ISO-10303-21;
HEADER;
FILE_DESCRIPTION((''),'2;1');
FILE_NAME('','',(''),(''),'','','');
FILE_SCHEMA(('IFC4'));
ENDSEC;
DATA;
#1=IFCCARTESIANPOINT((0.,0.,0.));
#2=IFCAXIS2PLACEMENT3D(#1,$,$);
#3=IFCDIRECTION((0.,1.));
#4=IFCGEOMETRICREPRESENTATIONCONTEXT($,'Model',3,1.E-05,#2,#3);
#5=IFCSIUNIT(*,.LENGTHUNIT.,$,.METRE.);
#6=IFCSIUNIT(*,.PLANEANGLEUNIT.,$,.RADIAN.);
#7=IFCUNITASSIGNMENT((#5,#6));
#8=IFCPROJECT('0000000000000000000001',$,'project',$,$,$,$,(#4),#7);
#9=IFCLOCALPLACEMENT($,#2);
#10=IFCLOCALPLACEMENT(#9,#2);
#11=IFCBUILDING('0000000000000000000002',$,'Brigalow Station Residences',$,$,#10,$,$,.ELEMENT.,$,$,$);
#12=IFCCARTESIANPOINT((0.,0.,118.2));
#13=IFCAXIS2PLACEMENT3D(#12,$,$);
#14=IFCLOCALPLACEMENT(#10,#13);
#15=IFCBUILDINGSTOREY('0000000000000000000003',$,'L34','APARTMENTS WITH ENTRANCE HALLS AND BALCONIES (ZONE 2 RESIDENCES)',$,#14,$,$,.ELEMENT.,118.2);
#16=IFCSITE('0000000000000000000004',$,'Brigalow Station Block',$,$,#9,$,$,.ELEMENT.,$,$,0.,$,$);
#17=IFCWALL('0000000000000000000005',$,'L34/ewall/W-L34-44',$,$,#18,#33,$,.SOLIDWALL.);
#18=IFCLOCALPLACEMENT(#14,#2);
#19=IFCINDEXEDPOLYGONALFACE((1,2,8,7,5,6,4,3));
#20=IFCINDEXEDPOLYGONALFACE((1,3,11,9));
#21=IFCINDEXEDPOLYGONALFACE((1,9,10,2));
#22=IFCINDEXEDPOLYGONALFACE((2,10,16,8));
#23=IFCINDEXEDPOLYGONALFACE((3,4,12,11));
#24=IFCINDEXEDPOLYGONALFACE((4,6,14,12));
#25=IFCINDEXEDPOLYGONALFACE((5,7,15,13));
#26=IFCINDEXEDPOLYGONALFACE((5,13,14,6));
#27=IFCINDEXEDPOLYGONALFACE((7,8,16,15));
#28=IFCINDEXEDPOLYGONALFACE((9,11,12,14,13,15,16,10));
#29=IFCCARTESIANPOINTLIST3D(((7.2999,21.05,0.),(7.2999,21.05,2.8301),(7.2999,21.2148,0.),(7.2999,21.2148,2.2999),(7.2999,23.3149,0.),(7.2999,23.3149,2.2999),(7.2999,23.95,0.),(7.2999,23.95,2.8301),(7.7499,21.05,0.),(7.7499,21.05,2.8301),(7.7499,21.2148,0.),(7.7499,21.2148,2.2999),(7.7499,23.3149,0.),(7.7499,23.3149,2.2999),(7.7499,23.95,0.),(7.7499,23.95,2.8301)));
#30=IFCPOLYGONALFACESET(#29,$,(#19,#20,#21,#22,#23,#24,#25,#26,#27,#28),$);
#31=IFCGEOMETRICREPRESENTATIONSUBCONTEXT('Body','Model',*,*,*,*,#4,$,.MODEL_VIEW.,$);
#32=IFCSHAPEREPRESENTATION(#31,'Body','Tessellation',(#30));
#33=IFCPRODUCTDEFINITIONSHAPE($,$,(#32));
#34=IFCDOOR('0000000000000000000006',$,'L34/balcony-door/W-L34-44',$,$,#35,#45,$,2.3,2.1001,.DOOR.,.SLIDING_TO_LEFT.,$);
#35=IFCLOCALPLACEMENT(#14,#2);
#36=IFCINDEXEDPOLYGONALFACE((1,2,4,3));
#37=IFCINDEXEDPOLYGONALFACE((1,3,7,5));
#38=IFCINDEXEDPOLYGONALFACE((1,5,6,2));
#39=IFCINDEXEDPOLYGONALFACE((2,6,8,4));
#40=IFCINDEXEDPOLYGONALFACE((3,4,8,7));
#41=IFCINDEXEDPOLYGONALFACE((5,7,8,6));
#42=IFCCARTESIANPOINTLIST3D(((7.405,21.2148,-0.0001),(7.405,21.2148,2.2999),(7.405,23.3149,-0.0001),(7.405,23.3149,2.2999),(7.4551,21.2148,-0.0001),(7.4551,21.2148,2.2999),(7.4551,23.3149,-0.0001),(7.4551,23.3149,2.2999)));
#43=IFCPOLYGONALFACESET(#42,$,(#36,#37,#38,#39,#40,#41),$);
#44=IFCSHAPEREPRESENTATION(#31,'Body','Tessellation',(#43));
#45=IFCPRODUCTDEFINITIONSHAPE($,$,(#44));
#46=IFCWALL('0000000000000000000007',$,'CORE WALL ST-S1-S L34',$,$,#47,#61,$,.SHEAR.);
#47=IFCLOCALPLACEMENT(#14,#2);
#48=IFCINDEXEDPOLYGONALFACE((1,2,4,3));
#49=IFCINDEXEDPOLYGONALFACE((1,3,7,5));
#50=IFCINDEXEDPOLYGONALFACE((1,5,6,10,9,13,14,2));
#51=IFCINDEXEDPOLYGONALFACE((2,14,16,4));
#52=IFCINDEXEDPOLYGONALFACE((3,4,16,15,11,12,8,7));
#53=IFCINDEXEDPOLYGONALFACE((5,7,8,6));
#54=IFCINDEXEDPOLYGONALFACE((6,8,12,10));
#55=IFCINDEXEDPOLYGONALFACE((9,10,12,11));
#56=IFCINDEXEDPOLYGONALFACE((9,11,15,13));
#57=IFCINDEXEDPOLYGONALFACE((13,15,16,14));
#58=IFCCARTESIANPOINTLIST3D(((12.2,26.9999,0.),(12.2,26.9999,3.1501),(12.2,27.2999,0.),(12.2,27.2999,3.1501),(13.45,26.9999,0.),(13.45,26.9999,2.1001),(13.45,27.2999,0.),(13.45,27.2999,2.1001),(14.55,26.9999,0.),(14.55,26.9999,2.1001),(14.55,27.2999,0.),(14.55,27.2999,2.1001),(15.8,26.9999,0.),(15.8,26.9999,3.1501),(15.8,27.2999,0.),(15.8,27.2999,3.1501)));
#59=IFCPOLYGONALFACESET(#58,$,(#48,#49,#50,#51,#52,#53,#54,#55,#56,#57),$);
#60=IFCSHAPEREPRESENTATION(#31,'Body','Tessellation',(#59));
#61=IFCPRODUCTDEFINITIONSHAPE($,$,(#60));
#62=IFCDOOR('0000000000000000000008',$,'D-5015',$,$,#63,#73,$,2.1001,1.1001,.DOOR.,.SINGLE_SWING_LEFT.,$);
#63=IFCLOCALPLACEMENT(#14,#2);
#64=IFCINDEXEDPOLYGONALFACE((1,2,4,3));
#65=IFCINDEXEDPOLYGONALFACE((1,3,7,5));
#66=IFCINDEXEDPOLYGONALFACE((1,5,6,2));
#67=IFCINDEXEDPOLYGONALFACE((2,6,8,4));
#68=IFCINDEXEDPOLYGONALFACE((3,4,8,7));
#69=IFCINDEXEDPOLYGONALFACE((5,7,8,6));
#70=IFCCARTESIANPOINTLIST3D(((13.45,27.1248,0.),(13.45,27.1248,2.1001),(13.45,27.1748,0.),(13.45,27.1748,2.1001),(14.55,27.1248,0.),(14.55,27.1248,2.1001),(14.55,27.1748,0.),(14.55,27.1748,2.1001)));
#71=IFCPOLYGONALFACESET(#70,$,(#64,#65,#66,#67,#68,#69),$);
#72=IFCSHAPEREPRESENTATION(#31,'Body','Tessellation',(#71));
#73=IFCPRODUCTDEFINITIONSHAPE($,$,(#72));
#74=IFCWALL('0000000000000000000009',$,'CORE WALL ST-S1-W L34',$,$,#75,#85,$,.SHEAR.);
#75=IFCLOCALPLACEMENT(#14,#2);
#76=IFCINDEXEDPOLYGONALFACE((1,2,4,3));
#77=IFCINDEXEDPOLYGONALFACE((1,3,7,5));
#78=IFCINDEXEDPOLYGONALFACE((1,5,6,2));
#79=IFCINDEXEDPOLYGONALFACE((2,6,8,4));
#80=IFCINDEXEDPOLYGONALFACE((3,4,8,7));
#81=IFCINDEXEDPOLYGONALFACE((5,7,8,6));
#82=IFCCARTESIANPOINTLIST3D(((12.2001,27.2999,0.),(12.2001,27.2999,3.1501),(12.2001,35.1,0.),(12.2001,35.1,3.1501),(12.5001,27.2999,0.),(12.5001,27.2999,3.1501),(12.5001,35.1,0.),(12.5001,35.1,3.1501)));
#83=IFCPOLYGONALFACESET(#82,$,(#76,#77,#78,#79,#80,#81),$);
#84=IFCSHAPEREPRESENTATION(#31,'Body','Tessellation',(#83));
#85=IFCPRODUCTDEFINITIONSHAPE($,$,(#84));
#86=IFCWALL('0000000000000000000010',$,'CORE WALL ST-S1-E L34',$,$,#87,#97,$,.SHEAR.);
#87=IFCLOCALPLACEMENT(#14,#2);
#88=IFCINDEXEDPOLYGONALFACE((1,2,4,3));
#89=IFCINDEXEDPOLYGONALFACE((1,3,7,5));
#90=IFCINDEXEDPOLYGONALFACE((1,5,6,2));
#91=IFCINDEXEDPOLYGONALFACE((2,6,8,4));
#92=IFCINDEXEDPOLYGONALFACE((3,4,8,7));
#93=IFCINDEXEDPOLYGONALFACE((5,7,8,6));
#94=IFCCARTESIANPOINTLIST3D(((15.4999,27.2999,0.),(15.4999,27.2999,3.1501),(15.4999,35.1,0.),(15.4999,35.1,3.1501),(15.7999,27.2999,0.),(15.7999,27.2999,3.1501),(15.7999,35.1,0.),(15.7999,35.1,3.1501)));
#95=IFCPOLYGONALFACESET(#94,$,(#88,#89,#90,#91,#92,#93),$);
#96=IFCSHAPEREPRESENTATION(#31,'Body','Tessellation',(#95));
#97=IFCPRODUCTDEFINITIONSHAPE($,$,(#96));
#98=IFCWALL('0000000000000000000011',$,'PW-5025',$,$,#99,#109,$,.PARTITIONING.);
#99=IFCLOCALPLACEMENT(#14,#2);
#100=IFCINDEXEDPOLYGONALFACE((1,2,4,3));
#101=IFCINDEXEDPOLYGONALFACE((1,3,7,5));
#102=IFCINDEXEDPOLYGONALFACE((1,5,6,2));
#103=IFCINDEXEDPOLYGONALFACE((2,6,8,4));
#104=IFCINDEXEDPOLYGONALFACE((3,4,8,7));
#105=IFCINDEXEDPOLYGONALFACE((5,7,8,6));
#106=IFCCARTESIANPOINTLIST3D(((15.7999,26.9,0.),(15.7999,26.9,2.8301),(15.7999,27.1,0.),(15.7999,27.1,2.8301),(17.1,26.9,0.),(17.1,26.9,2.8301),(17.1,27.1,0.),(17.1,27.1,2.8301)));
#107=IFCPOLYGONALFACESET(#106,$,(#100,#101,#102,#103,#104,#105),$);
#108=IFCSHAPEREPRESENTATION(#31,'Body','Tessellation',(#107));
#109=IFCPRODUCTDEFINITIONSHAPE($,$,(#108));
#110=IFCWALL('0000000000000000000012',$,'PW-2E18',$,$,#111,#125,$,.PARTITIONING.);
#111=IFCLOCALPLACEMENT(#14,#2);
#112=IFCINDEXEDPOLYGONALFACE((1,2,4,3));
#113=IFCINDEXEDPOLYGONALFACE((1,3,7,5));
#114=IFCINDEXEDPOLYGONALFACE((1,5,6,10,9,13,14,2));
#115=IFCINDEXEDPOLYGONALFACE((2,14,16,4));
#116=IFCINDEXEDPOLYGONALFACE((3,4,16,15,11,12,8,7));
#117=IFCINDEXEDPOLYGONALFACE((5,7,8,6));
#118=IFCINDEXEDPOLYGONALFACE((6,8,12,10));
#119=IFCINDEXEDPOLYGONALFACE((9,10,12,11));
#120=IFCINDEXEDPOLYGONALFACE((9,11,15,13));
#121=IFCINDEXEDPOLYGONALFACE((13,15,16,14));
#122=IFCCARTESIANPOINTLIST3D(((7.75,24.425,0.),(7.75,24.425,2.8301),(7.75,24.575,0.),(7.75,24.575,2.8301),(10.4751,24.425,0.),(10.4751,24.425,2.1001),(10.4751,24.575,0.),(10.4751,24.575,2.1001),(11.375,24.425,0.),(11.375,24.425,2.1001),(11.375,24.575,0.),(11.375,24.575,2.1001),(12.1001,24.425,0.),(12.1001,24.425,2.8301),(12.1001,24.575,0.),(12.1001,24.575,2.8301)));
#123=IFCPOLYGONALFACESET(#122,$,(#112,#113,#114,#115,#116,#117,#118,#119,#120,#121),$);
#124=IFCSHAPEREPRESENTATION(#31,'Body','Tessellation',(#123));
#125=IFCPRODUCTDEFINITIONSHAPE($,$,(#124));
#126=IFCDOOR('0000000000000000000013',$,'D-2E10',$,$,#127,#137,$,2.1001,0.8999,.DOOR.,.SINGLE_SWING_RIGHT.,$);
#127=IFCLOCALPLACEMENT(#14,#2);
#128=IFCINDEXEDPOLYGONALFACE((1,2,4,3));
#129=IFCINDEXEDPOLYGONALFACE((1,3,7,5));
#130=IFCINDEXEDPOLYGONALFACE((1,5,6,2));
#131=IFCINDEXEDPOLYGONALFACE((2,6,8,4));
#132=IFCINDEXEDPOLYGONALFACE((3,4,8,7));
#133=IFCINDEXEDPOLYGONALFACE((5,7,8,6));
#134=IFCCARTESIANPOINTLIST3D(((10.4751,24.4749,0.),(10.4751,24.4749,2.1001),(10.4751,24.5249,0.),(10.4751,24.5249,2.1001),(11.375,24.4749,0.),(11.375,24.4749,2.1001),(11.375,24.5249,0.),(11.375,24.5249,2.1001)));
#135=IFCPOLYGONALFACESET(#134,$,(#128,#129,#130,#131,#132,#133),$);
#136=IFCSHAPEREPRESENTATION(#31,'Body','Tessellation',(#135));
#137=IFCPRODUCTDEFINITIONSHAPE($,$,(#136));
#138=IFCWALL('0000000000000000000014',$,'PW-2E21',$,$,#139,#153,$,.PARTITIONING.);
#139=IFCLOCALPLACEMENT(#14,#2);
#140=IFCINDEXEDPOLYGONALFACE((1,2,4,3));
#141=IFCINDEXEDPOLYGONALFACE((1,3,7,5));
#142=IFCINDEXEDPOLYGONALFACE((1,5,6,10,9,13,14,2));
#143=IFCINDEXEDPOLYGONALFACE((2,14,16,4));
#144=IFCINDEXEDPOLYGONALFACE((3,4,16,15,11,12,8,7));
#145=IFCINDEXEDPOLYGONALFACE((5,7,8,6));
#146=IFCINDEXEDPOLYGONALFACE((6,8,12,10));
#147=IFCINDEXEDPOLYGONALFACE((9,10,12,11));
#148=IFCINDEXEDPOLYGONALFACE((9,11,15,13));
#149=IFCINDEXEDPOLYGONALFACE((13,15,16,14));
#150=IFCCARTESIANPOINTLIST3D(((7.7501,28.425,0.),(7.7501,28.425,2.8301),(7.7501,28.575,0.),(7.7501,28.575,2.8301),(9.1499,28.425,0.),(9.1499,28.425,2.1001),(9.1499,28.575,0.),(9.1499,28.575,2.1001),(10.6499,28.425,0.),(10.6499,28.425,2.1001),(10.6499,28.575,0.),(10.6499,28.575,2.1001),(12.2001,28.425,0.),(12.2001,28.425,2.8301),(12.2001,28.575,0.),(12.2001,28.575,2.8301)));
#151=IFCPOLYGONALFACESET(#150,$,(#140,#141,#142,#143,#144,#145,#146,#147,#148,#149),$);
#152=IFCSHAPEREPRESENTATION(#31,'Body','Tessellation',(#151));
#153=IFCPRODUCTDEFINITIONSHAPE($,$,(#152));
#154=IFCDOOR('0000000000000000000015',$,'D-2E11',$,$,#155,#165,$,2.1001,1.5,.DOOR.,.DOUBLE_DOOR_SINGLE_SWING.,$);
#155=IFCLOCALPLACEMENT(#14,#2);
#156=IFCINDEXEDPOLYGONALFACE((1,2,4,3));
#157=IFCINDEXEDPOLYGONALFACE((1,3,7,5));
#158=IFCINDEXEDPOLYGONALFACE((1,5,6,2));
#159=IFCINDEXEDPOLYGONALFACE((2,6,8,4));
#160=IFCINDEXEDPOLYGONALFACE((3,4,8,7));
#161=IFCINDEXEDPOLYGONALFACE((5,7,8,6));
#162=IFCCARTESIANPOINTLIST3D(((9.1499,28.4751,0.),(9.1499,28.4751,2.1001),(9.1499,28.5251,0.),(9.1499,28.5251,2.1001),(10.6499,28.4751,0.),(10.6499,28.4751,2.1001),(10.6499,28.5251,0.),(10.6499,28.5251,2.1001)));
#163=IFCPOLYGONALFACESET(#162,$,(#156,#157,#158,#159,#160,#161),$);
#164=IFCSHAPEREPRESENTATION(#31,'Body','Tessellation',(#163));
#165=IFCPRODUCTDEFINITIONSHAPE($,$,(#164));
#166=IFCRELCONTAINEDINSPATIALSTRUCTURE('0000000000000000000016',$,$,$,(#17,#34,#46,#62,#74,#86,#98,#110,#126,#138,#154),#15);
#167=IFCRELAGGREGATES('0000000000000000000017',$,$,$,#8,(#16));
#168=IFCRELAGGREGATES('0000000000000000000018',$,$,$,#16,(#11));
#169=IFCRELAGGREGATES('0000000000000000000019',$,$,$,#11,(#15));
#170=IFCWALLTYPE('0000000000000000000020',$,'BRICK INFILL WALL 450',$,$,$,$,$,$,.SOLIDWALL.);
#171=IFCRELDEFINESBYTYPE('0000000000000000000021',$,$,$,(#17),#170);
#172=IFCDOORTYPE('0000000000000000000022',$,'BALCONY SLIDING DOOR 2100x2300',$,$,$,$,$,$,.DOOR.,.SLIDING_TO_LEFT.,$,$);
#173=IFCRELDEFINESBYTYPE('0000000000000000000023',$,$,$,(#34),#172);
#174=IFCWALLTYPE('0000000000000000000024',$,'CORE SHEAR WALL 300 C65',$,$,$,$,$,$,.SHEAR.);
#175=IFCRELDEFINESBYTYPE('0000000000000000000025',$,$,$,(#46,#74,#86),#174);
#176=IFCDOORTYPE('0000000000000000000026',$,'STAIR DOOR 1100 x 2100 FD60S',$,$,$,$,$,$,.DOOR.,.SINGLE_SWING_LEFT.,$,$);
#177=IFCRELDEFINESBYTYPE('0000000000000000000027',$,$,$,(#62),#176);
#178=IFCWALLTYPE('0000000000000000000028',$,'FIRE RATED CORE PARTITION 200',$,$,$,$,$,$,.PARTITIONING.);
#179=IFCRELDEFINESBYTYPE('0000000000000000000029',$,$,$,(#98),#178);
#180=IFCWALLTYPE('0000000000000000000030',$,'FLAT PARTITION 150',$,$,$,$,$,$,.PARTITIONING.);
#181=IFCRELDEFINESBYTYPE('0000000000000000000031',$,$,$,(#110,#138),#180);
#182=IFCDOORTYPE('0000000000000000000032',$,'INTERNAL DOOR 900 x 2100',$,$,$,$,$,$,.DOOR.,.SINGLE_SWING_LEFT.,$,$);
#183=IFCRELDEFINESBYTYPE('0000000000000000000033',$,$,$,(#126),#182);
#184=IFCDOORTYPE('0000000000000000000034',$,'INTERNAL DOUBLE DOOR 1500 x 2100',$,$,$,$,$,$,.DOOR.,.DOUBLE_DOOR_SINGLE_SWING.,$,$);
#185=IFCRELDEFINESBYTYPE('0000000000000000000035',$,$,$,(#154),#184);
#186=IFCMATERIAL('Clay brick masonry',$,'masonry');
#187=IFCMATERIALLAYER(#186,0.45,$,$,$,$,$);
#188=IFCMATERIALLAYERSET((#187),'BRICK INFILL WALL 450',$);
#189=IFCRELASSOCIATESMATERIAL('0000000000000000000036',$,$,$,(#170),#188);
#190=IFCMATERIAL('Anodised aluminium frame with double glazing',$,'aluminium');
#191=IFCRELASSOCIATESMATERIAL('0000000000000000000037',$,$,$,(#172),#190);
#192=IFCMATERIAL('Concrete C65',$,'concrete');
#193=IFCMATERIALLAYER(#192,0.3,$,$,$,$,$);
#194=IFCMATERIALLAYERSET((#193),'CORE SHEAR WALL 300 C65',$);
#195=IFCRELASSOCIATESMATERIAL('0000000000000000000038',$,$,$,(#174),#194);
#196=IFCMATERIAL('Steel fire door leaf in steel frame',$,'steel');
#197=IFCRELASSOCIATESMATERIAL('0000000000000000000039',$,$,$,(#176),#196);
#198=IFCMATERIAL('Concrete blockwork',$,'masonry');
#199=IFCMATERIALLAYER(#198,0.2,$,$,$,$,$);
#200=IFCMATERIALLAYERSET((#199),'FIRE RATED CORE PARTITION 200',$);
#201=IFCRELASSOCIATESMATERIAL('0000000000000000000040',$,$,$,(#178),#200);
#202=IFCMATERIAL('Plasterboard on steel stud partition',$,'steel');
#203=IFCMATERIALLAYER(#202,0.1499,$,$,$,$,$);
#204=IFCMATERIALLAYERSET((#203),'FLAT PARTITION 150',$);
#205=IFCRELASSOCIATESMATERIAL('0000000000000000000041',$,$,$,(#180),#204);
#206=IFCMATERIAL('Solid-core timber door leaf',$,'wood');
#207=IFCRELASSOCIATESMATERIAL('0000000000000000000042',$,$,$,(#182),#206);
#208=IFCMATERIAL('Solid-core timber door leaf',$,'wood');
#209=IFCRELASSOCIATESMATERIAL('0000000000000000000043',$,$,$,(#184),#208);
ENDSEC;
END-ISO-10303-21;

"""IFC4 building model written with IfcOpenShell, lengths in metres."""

from ifc_helpers import new_model, si_unit, direction, frame, frame_2d, origin, place, context, subcontext, project, spatial, rectangle, extrude, material, layer, layer_set, type_object, element, fill, save


model = new_model("IFC4")

# Units and contexts
model_context = context("Model", 3, precision=1e-05, world=origin(), true_north=direction((0.0, 1.0)))
body_context = subcontext(model_context, "Body", "Model", "MODEL_VIEW")
ifc_project = project(units=[si_unit("LENGTHUNIT", "METRE"), si_unit("PLANEANGLEUNIT", "RADIAN")], contexts=[model_context])

# Site, building, storey
site_placement = place(None, origin())
site = spatial("IfcSite", under=ifc_project, at=site_placement, Name="Brigalow Station Block", CompositionType="ELEMENT", RefElevation=0.0)
building_placement = place(site_placement, origin())
building = spatial("IfcBuilding", under=site, at=building_placement, Name="Brigalow Station Residences", CompositionType="ELEMENT")
storey_placement = place(building_placement, frame((0.0, 0.0, 118.2)))
storey = spatial("IfcBuildingStorey", under=building, at=storey_placement, Name="L34", Description="APARTMENTS WITH ENTRANCE HALLS AND BALCONIES (ZONE 2 RESIDENCES)", CompositionType="ELEMENT", Elevation=118.2)

# Shared definitions
ifc_material_1 = material(Name="Clay brick masonry", Category="masonry")
ifc_layer_1 = layer(ifc_material_1, 0.45)
ifc_layer_set_1 = layer_set([ifc_layer_1], Name="BRICK INFILL WALL 450")
wall_type_1 = type_object("IfcWallType", Name="BRICK INFILL WALL 450", PredefinedType="SOLIDWALL", material=ifc_layer_set_1)

# Walls, openings, doors
wall_1_placement = place(storey_placement, frame((7.5249, 23.95, 0.0), z_axis=(0.0, 0.0, 1.0), x_axis=(0.0, -1.0, 0.0)))
wall_1 = element("IfcWall", 1, at=wall_1_placement, inside=storey, type_object=wall_type_1, Name="L34/ewall/W-L34-44", PredefinedType="SOLIDWALL", context=body_context, shape_type="SweptSolid", body=[
    extrude(rectangle(XDim=2.8999, YDim=0.45, at=frame_2d((1.45, 0.0))), origin(), (0.0, 0.0, 1.0), 2.8301),
])
opening_1_placement = place(wall_1_placement, frame((0.635, 0.0, 0.0)))
opening_1 = element("IfcOpeningElement", 2, at=opening_1_placement, cuts=wall_1, PredefinedType="OPENING", context=body_context, shape_type="SweptSolid", body=[
    extrude(rectangle(XDim=2.1001, YDim=2.3, at=frame_2d((1.05, 1.1499))), frame((0.0, 0.2349, 0.0), z_axis=(0.0, -1.0, 0.0), x_axis=(1.0, 0.0, 0.0)), (0.0, 0.0, 1.0), 0.47),
])
ifc_material_2 = material(Name="Anodised aluminium frame with double glazing", Category="aluminium")
door_type_1 = type_object("IfcDoorType", Name="BALCONY SLIDING DOOR 2100x2300", OperationType="SLIDING_TO_LEFT", PredefinedType="DOOR", material=ifc_material_2)
door_1_placement = place(opening_1_placement, origin())
door_1 = element("IfcDoor", 3, at=door_1_placement, inside=storey, type_object=door_type_1, Name="L34/balcony-door/W-L34-44", OperationType="SLIDING_TO_LEFT", OverallHeight=2.3, OverallWidth=2.1001, PredefinedType="DOOR", context=body_context, shape_type="SweptSolid", body=[
    extrude(rectangle(XDim=2.1001, YDim=2.3, at=frame_2d((1.05, 1.1499))), frame((0.0, -0.0698, 0.0), z_axis=(0.0, -1.0, 0.0), x_axis=(1.0, 0.0, 0.0)), (0.0, 0.0, 1.0), 0.05),
])
fill(opening_1, door_1)
ifc_material_3 = material(Name="Concrete C65", Category="concrete")
ifc_layer_2 = layer(ifc_material_3, 0.3)
ifc_layer_set_2 = layer_set([ifc_layer_2], Name="CORE SHEAR WALL 300 C65")
wall_type_2 = type_object("IfcWallType", Name="CORE SHEAR WALL 300 C65", PredefinedType="SHEAR", material=ifc_layer_set_2)
wall_2_placement = place(storey_placement, frame((12.2, 27.1499, 0.0), z_axis=(0.0, 0.0, 1.0), x_axis=(1.0, 0.0, 0.0)))
wall_2 = element("IfcWall", 4, at=wall_2_placement, inside=storey, type_object=wall_type_2, Name="CORE WALL ST-S1-S L34", PredefinedType="SHEAR", context=body_context, shape_type="SweptSolid", body=[
    extrude(rectangle(XDim=3.6001, YDim=0.3, at=frame_2d((1.8, 0.0))), origin(), (0.0, 0.0, 1.0), 3.1501),
])
opening_2_placement = place(wall_2_placement, frame((1.25, 0.0, 0.0)))
opening_2 = element("IfcOpeningElement", 5, at=opening_2_placement, cuts=wall_2, PredefinedType="OPENING", context=body_context, shape_type="SweptSolid", body=[
    extrude(rectangle(XDim=1.1001, YDim=2.1001, at=frame_2d((0.55, 1.05))), frame((0.0, 0.1602, 0.0), z_axis=(0.0, -1.0, 0.0), x_axis=(1.0, 0.0, 0.0)), (0.0, 0.0, 1.0), 0.3201),
])
ifc_material_4 = material(Name="Steel fire door leaf in steel frame", Category="steel")
door_type_2 = type_object("IfcDoorType", Name="STAIR DOOR 1100 x 2100 FD60S", OperationType="SINGLE_SWING_LEFT", PredefinedType="DOOR", material=ifc_material_4)
door_2_placement = place(opening_2_placement, origin())
door_2 = element("IfcDoor", 6, at=door_2_placement, inside=storey, type_object=door_type_2, Name="D-5015", OperationType="SINGLE_SWING_LEFT", OverallHeight=2.1001, OverallWidth=1.1001, PredefinedType="DOOR", context=body_context, shape_type="SweptSolid", body=[
    extrude(rectangle(XDim=1.1001, YDim=2.1001, at=frame_2d((0.55, 1.05))), frame((0.0, 0.0249, 0.0), z_axis=(0.0, -1.0, 0.0), x_axis=(1.0, 0.0, 0.0)), (0.0, 0.0, 1.0), 0.05),
])
fill(opening_2, door_2)

# Walls
for number, where, z_axis, x_axis, name in (
    (7, (12.3501, 27.3, 0.0), (0.0, 0.0, 1.0), (0.0, 1.0, 0.0), "CORE WALL ST-S1-W L34"),
    (8, (15.6499, 27.3, 0.0), (0.0, 0.0, 1.0), (0.0, 1.0, 0.0), "CORE WALL ST-S1-E L34"),
):
    element("IfcWall", number, at=place(storey_placement, frame(where, z_axis=z_axis, x_axis=x_axis)), inside=storey, type_object=wall_type_2, Name=name, PredefinedType="SHEAR", context=body_context, shape_type="SweptSolid", body=[
        extrude(rectangle(XDim=7.8, YDim=0.3, at=frame_2d((3.8999, 0.0))), origin(), (0.0, 0.0, 1.0), 3.1501),
    ])
ifc_material_5 = material(Name="Concrete blockwork", Category="masonry")
ifc_layer_3 = layer(ifc_material_5, 0.2)
ifc_layer_set_3 = layer_set([ifc_layer_3], Name="FIRE RATED CORE PARTITION 200")
wall_type_3 = type_object("IfcWallType", Name="FIRE RATED CORE PARTITION 200", PredefinedType="PARTITIONING", material=ifc_layer_set_3)
wall_3_placement = place(storey_placement, frame((15.8, 27.0, 0.0), z_axis=(0.0, 0.0, 1.0), x_axis=(1.0, 0.0, 0.0)))
element("IfcWall", 9, at=wall_3_placement, inside=storey, type_object=wall_type_3, Name="PW-5025", PredefinedType="PARTITIONING", context=body_context, shape_type="SweptSolid", body=[
    extrude(rectangle(XDim=1.3, YDim=0.2, at=frame_2d((0.6499, 0.0))), origin(), (0.0, 0.0, 1.0), 2.8301),
])

# Walls, openings, doors
ifc_material_6 = material(Name="Plasterboard on steel stud partition", Category="steel")
ifc_layer_4 = layer(ifc_material_6, 0.1499)
ifc_layer_set_4 = layer_set([ifc_layer_4], Name="FLAT PARTITION 150")
wall_type_4 = type_object("IfcWallType", Name="FLAT PARTITION 150", PredefinedType="PARTITIONING", material=ifc_layer_set_4)
wall_4_placement = place(storey_placement, frame((7.75, 24.5, 0.0), z_axis=(0.0, 0.0, 1.0), x_axis=(1.0, 0.0, 0.0)))
wall_4 = element("IfcWall", 10, at=wall_4_placement, inside=storey, type_object=wall_type_4, Name="PW-2E18", PredefinedType="PARTITIONING", context=body_context, shape_type="SweptSolid", body=[
    extrude(rectangle(XDim=4.3501, YDim=0.1499, at=frame_2d((2.175, 0.0))), origin(), (0.0, 0.0, 1.0), 2.8301),
])
opening_3_placement = place(wall_4_placement, frame((2.7251, 0.0, 0.0)))
opening_3 = element("IfcOpeningElement", 11, at=opening_3_placement, cuts=wall_4, PredefinedType="OPENING", context=body_context, shape_type="SweptSolid", body=[
    extrude(rectangle(XDim=0.8999, YDim=2.1001, at=frame_2d((0.45, 1.05))), frame((0.0, 0.085, 0.0), z_axis=(0.0, -1.0, 0.0), x_axis=(1.0, 0.0, 0.0)), (0.0, 0.0, 1.0), 0.1699),
])
ifc_material_7 = material(Name="Solid-core timber door leaf", Category="wood")
door_type_3 = type_object("IfcDoorType", Name="INTERNAL DOOR 900 x 2100", OperationType="SINGLE_SWING_LEFT", PredefinedType="DOOR", material=ifc_material_7)
door_3_placement = place(opening_3_placement, origin())
door_3 = element("IfcDoor", 12, at=door_3_placement, inside=storey, type_object=door_type_3, Name="D-2E10", OperationType="SINGLE_SWING_RIGHT", OverallHeight=2.1001, OverallWidth=0.8999, PredefinedType="DOOR", context=body_context, shape_type="SweptSolid", body=[
    extrude(rectangle(XDim=0.8999, YDim=2.1001, at=frame_2d((0.45, 1.05))), frame((0.0, 0.0249, 0.0), z_axis=(0.0, -1.0, 0.0), x_axis=(1.0, 0.0, 0.0)), (0.0, 0.0, 1.0), 0.05),
])
fill(opening_3, door_3)
wall_5_placement = place(storey_placement, frame((7.75, 28.5, 0.0), z_axis=(0.0, 0.0, 1.0), x_axis=(1.0, 0.0, 0.0)))
wall_5 = element("IfcWall", 13, at=wall_5_placement, inside=storey, type_object=wall_type_4, Name="PW-2E21", PredefinedType="PARTITIONING", context=body_context, shape_type="SweptSolid", body=[
    extrude(rectangle(XDim=4.45, YDim=0.1499, at=frame_2d((2.2251, 0.0))), origin(), (0.0, 0.0, 1.0), 2.8301),
])
opening_4_placement = place(wall_5_placement, frame((1.3999, 0.0, 0.0)))
opening_4 = element("IfcOpeningElement", 14, at=opening_4_placement, cuts=wall_5, PredefinedType="OPENING", context=body_context, shape_type="SweptSolid", body=[
    extrude(rectangle(XDim=1.5, YDim=2.1001, at=frame_2d((0.75, 1.05))), frame((0.0, 0.085, 0.0), z_axis=(0.0, -1.0, 0.0), x_axis=(1.0, 0.0, 0.0)), (0.0, 0.0, 1.0), 0.1699),
])
ifc_material_8 = material(Name="Solid-core timber door leaf", Category="wood")
door_type_4 = type_object("IfcDoorType", Name="INTERNAL DOUBLE DOOR 1500 x 2100", OperationType="DOUBLE_DOOR_SINGLE_SWING", PredefinedType="DOOR", material=ifc_material_8)
door_4_placement = place(opening_4_placement, frame((1.5, 0.0, 0.0), z_axis=(0.0, 0.0, 1.0), x_axis=(-1.0, 0.0, 0.0)))
door_4 = element("IfcDoor", 15, at=door_4_placement, inside=storey, type_object=door_type_4, Name="D-2E11", OperationType="DOUBLE_DOOR_SINGLE_SWING", OverallHeight=2.1001, OverallWidth=1.5, PredefinedType="DOOR", context=body_context, shape_type="SweptSolid", body=[
    extrude(rectangle(XDim=1.5, YDim=2.1001, at=frame_2d((0.75, 1.05))), frame((0.0, 0.0249, 0.0), z_axis=(0.0, -1.0, 0.0), x_axis=(1.0, 0.0, 0.0)), (0.0, 0.0, 1.0), 0.05),
])
fill(opening_4, door_4)

save(model, "model.ifc")
